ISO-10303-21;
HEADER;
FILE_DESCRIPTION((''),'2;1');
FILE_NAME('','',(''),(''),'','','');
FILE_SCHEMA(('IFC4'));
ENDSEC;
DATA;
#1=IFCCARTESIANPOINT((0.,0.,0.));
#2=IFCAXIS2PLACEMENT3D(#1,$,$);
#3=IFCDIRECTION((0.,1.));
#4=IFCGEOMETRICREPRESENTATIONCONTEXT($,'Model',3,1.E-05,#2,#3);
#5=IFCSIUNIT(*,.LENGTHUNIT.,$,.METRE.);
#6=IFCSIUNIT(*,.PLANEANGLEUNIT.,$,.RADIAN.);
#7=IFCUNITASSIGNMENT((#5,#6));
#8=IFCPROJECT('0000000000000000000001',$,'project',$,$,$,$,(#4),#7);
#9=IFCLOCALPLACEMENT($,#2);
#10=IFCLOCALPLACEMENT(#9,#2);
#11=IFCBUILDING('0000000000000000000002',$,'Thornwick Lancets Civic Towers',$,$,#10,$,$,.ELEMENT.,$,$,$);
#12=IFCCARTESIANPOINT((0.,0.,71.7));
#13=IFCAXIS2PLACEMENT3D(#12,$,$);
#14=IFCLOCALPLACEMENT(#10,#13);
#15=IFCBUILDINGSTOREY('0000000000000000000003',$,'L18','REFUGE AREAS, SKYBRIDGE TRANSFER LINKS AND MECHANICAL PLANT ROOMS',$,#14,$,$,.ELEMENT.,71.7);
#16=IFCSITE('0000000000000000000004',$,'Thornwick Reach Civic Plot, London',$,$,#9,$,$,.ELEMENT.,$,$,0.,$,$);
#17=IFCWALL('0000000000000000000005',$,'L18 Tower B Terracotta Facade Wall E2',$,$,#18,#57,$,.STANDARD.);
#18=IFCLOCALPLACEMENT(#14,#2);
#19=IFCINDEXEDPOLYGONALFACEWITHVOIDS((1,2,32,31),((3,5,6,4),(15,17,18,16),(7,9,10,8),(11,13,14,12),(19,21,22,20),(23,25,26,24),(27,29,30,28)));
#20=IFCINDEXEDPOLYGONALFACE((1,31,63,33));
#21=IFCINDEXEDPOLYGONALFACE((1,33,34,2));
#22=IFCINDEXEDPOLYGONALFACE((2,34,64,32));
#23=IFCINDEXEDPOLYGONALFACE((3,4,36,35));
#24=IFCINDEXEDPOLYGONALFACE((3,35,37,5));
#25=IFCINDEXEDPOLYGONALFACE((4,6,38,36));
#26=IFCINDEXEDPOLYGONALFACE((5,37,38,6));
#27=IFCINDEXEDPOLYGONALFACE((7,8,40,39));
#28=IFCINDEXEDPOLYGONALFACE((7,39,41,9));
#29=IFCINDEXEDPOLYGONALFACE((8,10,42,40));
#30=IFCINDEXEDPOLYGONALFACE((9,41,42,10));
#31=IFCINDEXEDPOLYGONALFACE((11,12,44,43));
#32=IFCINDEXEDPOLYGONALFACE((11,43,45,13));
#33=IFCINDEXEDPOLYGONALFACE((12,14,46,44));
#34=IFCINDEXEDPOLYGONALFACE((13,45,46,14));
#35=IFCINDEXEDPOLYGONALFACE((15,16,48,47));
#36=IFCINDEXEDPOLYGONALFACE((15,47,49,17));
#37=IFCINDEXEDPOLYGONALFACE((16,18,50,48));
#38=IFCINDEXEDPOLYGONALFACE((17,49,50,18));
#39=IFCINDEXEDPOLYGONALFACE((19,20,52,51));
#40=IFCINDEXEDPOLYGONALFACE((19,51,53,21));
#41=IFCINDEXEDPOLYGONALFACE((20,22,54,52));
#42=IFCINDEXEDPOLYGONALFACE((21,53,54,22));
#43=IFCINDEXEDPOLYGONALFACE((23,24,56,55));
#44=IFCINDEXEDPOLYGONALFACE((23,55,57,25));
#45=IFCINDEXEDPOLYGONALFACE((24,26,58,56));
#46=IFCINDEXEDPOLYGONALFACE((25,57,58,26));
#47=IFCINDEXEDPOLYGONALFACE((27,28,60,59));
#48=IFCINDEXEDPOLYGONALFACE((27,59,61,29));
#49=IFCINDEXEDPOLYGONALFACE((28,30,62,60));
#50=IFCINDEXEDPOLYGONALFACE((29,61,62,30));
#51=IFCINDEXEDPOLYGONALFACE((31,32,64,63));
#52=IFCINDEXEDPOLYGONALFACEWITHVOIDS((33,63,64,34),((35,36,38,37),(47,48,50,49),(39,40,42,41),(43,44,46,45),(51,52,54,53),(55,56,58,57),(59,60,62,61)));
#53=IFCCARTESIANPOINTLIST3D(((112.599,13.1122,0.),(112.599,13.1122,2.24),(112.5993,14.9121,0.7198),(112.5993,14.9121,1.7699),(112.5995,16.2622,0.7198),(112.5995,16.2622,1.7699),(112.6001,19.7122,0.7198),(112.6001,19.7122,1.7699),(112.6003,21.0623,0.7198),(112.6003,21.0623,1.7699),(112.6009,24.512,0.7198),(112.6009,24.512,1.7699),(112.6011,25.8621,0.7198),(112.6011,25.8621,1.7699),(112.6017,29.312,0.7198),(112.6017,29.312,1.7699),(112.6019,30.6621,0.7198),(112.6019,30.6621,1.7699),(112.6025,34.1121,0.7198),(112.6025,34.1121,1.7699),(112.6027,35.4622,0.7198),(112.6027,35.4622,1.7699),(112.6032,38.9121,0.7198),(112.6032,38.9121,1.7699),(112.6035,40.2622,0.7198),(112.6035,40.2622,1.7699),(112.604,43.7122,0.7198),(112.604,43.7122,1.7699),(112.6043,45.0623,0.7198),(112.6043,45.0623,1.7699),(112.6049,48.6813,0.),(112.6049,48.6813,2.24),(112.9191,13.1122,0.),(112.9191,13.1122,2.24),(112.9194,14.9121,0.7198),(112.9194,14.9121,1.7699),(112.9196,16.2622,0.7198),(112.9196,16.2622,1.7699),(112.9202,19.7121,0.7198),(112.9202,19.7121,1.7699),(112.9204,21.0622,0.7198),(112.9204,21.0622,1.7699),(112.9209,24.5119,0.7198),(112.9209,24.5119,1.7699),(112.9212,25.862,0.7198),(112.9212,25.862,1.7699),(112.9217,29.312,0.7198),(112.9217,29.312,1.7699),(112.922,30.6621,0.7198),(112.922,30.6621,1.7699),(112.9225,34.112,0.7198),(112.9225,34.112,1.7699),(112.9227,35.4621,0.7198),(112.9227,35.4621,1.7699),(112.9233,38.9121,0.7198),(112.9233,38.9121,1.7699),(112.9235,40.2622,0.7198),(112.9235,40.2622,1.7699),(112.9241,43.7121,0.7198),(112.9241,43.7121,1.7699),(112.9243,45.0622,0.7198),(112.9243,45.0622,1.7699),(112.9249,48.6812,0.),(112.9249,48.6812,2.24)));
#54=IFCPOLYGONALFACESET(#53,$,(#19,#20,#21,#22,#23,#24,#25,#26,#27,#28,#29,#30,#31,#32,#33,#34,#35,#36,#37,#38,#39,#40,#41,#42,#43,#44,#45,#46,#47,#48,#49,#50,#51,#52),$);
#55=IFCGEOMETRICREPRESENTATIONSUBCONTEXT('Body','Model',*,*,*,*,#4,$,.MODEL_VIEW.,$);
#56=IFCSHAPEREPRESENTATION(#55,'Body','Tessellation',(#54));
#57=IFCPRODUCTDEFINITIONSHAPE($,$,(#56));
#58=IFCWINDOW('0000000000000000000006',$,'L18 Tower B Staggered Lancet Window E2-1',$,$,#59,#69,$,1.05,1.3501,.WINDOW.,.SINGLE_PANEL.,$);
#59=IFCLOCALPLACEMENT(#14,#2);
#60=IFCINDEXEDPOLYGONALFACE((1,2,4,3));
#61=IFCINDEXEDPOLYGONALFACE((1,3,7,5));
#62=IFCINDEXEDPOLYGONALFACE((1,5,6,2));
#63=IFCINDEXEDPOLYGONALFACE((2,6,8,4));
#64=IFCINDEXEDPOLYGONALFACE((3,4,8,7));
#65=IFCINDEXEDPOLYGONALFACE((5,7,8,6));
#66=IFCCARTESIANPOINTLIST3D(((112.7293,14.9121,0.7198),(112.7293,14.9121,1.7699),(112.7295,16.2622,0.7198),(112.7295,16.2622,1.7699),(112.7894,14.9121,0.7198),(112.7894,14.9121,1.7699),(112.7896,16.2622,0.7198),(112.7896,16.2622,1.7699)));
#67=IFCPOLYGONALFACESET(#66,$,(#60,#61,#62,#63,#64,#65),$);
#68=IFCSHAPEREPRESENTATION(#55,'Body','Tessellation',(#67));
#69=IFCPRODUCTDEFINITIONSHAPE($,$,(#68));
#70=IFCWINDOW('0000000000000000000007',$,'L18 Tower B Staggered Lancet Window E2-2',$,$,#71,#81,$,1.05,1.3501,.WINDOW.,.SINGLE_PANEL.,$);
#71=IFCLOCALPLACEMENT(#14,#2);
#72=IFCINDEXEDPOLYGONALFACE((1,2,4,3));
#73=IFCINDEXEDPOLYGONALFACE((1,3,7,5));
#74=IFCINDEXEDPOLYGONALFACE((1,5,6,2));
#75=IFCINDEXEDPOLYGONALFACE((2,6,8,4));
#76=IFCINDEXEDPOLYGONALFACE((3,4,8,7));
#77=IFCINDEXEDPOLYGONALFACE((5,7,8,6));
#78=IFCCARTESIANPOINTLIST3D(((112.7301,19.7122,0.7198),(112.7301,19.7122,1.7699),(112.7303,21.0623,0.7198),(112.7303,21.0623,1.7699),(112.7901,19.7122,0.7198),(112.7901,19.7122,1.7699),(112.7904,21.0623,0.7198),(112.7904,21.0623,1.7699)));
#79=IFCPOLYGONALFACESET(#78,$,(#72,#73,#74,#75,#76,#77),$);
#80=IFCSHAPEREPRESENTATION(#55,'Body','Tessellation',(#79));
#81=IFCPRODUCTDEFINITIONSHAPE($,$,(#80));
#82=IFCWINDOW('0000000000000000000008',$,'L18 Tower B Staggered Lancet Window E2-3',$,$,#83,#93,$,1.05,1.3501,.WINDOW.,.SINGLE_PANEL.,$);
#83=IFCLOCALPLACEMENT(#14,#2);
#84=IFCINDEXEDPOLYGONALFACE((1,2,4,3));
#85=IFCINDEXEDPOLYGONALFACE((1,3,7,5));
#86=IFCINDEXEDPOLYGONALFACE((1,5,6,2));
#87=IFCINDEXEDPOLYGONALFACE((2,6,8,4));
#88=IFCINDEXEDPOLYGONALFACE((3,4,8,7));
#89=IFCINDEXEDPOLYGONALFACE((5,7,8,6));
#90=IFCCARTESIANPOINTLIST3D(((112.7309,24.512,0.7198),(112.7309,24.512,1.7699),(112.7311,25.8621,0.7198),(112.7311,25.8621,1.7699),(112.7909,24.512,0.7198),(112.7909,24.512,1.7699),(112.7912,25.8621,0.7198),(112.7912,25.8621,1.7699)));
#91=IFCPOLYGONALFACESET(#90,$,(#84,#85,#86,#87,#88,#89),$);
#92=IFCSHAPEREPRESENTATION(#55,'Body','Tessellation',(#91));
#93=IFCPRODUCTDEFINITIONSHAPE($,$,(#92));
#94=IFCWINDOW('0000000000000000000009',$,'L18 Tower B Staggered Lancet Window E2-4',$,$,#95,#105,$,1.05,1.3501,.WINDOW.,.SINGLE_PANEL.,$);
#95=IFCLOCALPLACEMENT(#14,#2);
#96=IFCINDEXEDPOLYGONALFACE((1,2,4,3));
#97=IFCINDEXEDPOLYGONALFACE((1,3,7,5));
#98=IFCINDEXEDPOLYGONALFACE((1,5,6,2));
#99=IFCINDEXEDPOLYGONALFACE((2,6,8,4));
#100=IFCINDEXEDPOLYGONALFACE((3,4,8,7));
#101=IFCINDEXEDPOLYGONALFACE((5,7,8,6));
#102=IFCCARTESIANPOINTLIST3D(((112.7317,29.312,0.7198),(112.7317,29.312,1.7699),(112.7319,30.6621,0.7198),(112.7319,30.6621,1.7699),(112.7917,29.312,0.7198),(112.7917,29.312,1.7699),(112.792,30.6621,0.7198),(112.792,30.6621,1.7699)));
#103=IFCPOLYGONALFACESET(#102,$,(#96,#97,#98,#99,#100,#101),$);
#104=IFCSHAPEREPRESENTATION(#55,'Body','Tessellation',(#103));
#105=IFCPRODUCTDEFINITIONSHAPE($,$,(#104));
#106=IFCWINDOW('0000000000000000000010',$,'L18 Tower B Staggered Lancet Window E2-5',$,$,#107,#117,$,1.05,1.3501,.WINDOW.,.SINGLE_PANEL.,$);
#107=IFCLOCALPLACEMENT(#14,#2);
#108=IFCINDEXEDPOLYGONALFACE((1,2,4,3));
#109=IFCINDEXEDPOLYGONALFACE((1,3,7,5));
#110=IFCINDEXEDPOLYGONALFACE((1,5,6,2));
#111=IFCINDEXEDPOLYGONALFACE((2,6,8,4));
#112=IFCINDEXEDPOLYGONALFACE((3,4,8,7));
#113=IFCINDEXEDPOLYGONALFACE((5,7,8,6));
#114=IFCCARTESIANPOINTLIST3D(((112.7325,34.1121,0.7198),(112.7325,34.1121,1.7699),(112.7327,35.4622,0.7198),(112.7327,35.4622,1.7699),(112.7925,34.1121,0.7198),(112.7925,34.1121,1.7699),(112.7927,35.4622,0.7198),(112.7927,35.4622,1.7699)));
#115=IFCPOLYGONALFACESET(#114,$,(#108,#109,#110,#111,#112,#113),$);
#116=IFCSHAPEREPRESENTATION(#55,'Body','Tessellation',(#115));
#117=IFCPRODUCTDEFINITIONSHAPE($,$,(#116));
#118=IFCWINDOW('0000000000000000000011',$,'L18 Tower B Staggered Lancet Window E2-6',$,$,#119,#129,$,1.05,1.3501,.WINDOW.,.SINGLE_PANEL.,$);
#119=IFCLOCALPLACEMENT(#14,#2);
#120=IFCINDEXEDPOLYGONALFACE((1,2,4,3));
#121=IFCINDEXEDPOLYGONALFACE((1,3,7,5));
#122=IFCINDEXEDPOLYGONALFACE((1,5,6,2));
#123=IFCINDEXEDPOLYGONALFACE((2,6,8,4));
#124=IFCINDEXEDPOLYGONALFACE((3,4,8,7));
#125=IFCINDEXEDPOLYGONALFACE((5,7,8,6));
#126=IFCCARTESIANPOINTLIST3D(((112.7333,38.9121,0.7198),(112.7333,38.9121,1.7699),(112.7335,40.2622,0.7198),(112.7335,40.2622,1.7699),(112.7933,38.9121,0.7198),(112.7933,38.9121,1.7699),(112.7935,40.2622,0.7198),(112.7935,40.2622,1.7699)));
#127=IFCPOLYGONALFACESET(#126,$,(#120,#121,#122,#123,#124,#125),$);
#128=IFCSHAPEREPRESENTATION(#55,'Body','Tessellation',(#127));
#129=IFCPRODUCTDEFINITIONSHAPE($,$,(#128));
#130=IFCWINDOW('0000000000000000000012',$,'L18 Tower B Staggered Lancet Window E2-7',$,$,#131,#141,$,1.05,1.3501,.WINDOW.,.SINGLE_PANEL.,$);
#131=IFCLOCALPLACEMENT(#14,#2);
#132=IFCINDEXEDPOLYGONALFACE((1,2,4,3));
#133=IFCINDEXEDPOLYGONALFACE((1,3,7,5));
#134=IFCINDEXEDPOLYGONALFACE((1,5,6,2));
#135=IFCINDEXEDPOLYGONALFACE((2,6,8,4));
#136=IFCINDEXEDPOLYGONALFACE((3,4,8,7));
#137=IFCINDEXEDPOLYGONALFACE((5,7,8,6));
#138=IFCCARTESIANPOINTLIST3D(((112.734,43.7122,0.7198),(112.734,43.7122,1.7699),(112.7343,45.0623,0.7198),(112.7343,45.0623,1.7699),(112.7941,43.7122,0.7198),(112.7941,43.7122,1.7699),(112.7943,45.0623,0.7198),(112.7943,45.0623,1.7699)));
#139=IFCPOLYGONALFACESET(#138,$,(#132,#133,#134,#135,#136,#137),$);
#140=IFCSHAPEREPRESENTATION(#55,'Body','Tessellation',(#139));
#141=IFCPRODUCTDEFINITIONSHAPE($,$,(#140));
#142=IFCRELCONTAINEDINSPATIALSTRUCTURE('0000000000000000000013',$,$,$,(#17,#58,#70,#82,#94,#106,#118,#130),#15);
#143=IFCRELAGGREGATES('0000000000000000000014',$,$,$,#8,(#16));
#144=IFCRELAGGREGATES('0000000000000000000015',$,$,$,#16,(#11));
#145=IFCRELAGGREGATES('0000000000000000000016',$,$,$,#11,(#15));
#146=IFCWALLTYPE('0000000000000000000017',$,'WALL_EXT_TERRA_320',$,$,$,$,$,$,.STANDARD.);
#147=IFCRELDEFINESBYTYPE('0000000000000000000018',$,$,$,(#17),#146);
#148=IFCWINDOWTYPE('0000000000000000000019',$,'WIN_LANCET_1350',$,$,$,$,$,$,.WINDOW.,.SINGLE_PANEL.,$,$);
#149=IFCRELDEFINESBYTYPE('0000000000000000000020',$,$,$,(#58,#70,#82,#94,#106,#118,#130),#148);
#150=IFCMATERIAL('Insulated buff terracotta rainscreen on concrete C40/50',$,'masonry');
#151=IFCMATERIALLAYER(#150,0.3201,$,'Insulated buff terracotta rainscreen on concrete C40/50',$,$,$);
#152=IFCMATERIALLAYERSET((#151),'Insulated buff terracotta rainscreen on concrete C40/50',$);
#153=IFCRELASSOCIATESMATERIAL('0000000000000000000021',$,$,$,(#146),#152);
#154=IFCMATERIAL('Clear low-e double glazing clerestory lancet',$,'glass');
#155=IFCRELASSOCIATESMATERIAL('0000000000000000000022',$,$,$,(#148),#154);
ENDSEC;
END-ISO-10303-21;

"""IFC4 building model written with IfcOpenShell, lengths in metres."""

from ifc_helpers import new_model, si_unit, direction, frame, frame_2d, origin, place, context, subcontext, project, spatial, rectangle, extrude, material, layer, layer_set, type_object, element, fill, save


model = new_model("IFC4")

# Units and contexts
model_context = context("Model", 3, precision=1e-05, world=origin(), true_north=direction((0.0, 1.0)))
body_context = subcontext(model_context, "Body", "Model", "MODEL_VIEW")
ifc_project = project(units=[si_unit("LENGTHUNIT", "METRE"), si_unit("PLANEANGLEUNIT", "RADIAN")], contexts=[model_context])

# Site, building, storey
site_placement = place(None, origin())
site = spatial("IfcSite", under=ifc_project, at=site_placement, Name="Thornwick Reach Civic Plot, London", CompositionType="ELEMENT", RefElevation=0.0)
building_placement = place(site_placement, origin())
building = spatial("IfcBuilding", under=site, at=building_placement, Name="Thornwick Lancets Civic Towers", CompositionType="ELEMENT")
storey_placement = place(building_placement, frame((0.0, 0.0, 71.7)))
storey = spatial("IfcBuildingStorey", under=building, at=storey_placement, Name="L18", Description="REFUGE AREAS, SKYBRIDGE TRANSFER LINKS AND MECHANICAL PLANT ROOMS", CompositionType="ELEMENT", Elevation=71.7)

# Wall, openings, windows
ifc_material_1 = material(Name="Insulated buff terracotta rainscreen on concrete C40/50", Category="masonry")
ifc_layer_1 = layer(ifc_material_1, 0.3201, Name="Insulated buff terracotta rainscreen on concrete C40/50")
ifc_layer_set_1 = layer_set([ifc_layer_1], Name="Insulated buff terracotta rainscreen on concrete C40/50")
wall_type_1 = type_object("IfcWallType", Name="WALL_EXT_TERRA_320", PredefinedType="STANDARD", material=ifc_layer_set_1)
wall_1_placement = place(storey_placement, frame((112.759, 13.1121, 0.0), z_axis=(0.0, 0.0, 1.0), x_axis=(0.000165, 1.0, 0.0)))
wall_1 = element("IfcWall", 1, at=wall_1_placement, inside=storey, type_object=wall_type_1, Name="L18 Tower B Terracotta Facade Wall E2", PredefinedType="STANDARD", context=body_context, shape_type="SweptSolid", body=[
    extrude(rectangle(XDim=35.5691, YDim=0.3201, at=frame_2d((17.7847, 0.0))), origin(), (0.0, 0.0, 1.0), 2.24),
])
opening_1_placement = place(wall_1_placement, frame((1.8, 0.0, 0.72)))
opening_1 = element("IfcOpeningElement", 2, at=opening_1_placement, cuts=wall_1, PredefinedType="OPENING", context=body_context, shape_type="SweptSolid", body=[
    extrude(rectangle(XDim=1.3501, YDim=1.05, at=frame_2d((0.675, 0.5249))), frame((0.0, 0.1699, 0.0), z_axis=(0.0, -1.0, 0.0), x_axis=(1.0, 0.0, 0.0)), (0.0, 0.0, 1.0), 0.3401),
])
opening_2_placement = place(wall_1_placement, frame((6.6001, 0.0, 0.72)))
opening_2 = element("IfcOpeningElement", 3, at=opening_2_placement, cuts=wall_1, PredefinedType="OPENING", context=body_context, shape_type="SweptSolid", body=[
    extrude(rectangle(XDim=1.3501, YDim=1.05, at=frame_2d((0.675, 0.5249))), frame((0.0, 0.1699, 0.0), z_axis=(0.0, -1.0, 0.0), x_axis=(1.0, 0.0, 0.0)), (0.0, 0.0, 1.0), 0.3401),
])
opening_3_placement = place(wall_1_placement, frame((11.3999, 0.0, 0.72)))
opening_3 = element("IfcOpeningElement", 4, at=opening_3_placement, cuts=wall_1, PredefinedType="OPENING", context=body_context, shape_type="SweptSolid", body=[
    extrude(rectangle(XDim=1.3501, YDim=1.05, at=frame_2d((0.675, 0.5249))), frame((0.0, 0.1699, 0.0), z_axis=(0.0, -1.0, 0.0), x_axis=(1.0, 0.0, 0.0)), (0.0, 0.0, 1.0), 0.3401),
])
opening_4_placement = place(wall_1_placement, frame((16.2, 0.0, 0.72)))
opening_4 = element("IfcOpeningElement", 5, at=opening_4_placement, cuts=wall_1, PredefinedType="OPENING", context=body_context, shape_type="SweptSolid", body=[
    extrude(rectangle(XDim=1.3501, YDim=1.05, at=frame_2d((0.675, 0.5249))), frame((0.0, 0.1699, 0.0), z_axis=(0.0, -1.0, 0.0), x_axis=(1.0, 0.0, 0.0)), (0.0, 0.0, 1.0), 0.3401),
])
opening_5_placement = place(wall_1_placement, frame((21.0, 0.0, 0.72)))
opening_5 = element("IfcOpeningElement", 6, at=opening_5_placement, cuts=wall_1, PredefinedType="OPENING", context=body_context, shape_type="SweptSolid", body=[
    extrude(rectangle(XDim=1.3501, YDim=1.05, at=frame_2d((0.675, 0.5249))), frame((0.0, 0.1699, 0.0), z_axis=(0.0, -1.0, 0.0), x_axis=(1.0, 0.0, 0.0)), (0.0, 0.0, 1.0), 0.3401),
])
opening_6_placement = place(wall_1_placement, frame((25.8, 0.0, 0.72)))
opening_6 = element("IfcOpeningElement", 7, at=opening_6_placement, cuts=wall_1, PredefinedType="OPENING", context=body_context, shape_type="SweptSolid", body=[
    extrude(rectangle(XDim=1.3501, YDim=1.05, at=frame_2d((0.675, 0.5249))), frame((0.0, 0.1699, 0.0), z_axis=(0.0, -1.0, 0.0), x_axis=(1.0, 0.0, 0.0)), (0.0, 0.0, 1.0), 0.3401),
])
opening_7_placement = place(wall_1_placement, frame((30.6001, 0.0, 0.72)))
opening_7 = element("IfcOpeningElement", 8, at=opening_7_placement, cuts=wall_1, PredefinedType="OPENING", context=body_context, shape_type="SweptSolid", body=[
    extrude(rectangle(XDim=1.3501, YDim=1.05, at=frame_2d((0.675, 0.5249))), frame((0.0, 0.1699, 0.0), z_axis=(0.0, -1.0, 0.0), x_axis=(1.0, 0.0, 0.0)), (0.0, 0.0, 1.0), 0.3401),
])
ifc_material_2 = material(Name="Clear low-e double glazing clerestory lancet", Category="glass")
window_type = type_object("IfcWindowType", Name="WIN_LANCET_1350", PartitioningType="SINGLE_PANEL", PredefinedType="WINDOW", material=ifc_material_2)
window_1_placement = place(opening_1_placement, origin())
window_1 = element("IfcWindow", 9, at=window_1_placement, inside=storey, type_object=window_type, Name="L18 Tower B Staggered Lancet Window E2-1", OverallHeight=1.05, OverallWidth=1.3501, PartitioningType="SINGLE_PANEL", PredefinedType="WINDOW", context=body_context, shape_type="SweptSolid", body=[
    extrude(rectangle(XDim=1.3501, YDim=1.05, at=frame_2d((0.675, 0.5249))), frame((0.0, 0.03, 0.0), z_axis=(0.0, -1.0, 0.0), x_axis=(1.0, 0.0, 0.0)), (0.0, 0.0, 1.0), 0.0601),
])
fill(opening_1, window_1)
window_2_placement = place(opening_2_placement, origin())
window_2 = element("IfcWindow", 10, at=window_2_placement, inside=storey, type_object=window_type, Name="L18 Tower B Staggered Lancet Window E2-2", OverallHeight=1.05, OverallWidth=1.3501, PartitioningType="SINGLE_PANEL", PredefinedType="WINDOW", context=body_context, shape_type="SweptSolid", body=[
    extrude(rectangle(XDim=1.3501, YDim=1.05, at=frame_2d((0.675, 0.5249))), frame((0.0, 0.03, 0.0), z_axis=(0.0, -1.0, 0.0), x_axis=(1.0, 0.0, 0.0)), (0.0, 0.0, 1.0), 0.0601),
])
fill(opening_2, window_2)
window_3_placement = place(opening_3_placement, origin())
window_3 = element("IfcWindow", 11, at=window_3_placement, inside=storey, type_object=window_type, Name="L18 Tower B Staggered Lancet Window E2-3", OverallHeight=1.05, OverallWidth=1.3501, PartitioningType="SINGLE_PANEL", PredefinedType="WINDOW", context=body_context, shape_type="SweptSolid", body=[
    extrude(rectangle(XDim=1.3501, YDim=1.05, at=frame_2d((0.675, 0.5249))), frame((0.0, 0.03, 0.0), z_axis=(0.0, -1.0, 0.0), x_axis=(1.0, 0.0, 0.0)), (0.0, 0.0, 1.0), 0.0601),
])
fill(opening_3, window_3)
window_4_placement = place(opening_4_placement, origin())
window_4 = element("IfcWindow", 12, at=window_4_placement, inside=storey, type_object=window_type, Name="L18 Tower B Staggered Lancet Window E2-4", OverallHeight=1.05, OverallWidth=1.3501, PartitioningType="SINGLE_PANEL", PredefinedType="WINDOW", context=body_context, shape_type="SweptSolid", body=[
    extrude(rectangle(XDim=1.3501, YDim=1.05, at=frame_2d((0.675, 0.5249))), frame((0.0, 0.03, 0.0), z_axis=(0.0, -1.0, 0.0), x_axis=(1.0, 0.0, 0.0)), (0.0, 0.0, 1.0), 0.0601),
])
fill(opening_4, window_4)
window_5_placement = place(opening_5_placement, origin())
window_5 = element("IfcWindow", 13, at=window_5_placement, inside=storey, type_object=window_type, Name="L18 Tower B Staggered Lancet Window E2-5", OverallHeight=1.05, OverallWidth=1.3501, PartitioningType="SINGLE_PANEL", PredefinedType="WINDOW", context=body_context, shape_type="SweptSolid", body=[
    extrude(rectangle(XDim=1.3501, YDim=1.05, at=frame_2d((0.675, 0.5249))), frame((0.0, 0.03, 0.0), z_axis=(0.0, -1.0, 0.0), x_axis=(1.0, 0.0, 0.0)), (0.0, 0.0, 1.0), 0.0601),
])
fill(opening_5, window_5)
window_6_placement = place(opening_6_placement, origin())
window_6 = element("IfcWindow", 14, at=window_6_placement, inside=storey, type_object=window_type, Name="L18 Tower B Staggered Lancet Window E2-6", OverallHeight=1.05, OverallWidth=1.3501, PartitioningType="SINGLE_PANEL", PredefinedType="WINDOW", context=body_context, shape_type="SweptSolid", body=[
    extrude(rectangle(XDim=1.3501, YDim=1.05, at=frame_2d((0.675, 0.5249))), frame((0.0, 0.03, 0.0), z_axis=(0.0, -1.0, 0.0), x_axis=(1.0, 0.0, 0.0)), (0.0, 0.0, 1.0), 0.0601),
])
fill(opening_6, window_6)
window_7_placement = place(opening_7_placement, origin())
window_7 = element("IfcWindow", 15, at=window_7_placement, inside=storey, type_object=window_type, Name="L18 Tower B Staggered Lancet Window E2-7", OverallHeight=1.05, OverallWidth=1.3501, PartitioningType="SINGLE_PANEL", PredefinedType="WINDOW", context=body_context, shape_type="SweptSolid", body=[
    extrude(rectangle(XDim=1.3501, YDim=1.05, at=frame_2d((0.675, 0.5249))), frame((0.0, 0.03, 0.0), z_axis=(0.0, -1.0, 0.0), x_axis=(1.0, 0.0, 0.0)), (0.0, 0.0, 1.0), 0.0601),
])
fill(opening_7, window_7)

save(model, "model.ifc")
